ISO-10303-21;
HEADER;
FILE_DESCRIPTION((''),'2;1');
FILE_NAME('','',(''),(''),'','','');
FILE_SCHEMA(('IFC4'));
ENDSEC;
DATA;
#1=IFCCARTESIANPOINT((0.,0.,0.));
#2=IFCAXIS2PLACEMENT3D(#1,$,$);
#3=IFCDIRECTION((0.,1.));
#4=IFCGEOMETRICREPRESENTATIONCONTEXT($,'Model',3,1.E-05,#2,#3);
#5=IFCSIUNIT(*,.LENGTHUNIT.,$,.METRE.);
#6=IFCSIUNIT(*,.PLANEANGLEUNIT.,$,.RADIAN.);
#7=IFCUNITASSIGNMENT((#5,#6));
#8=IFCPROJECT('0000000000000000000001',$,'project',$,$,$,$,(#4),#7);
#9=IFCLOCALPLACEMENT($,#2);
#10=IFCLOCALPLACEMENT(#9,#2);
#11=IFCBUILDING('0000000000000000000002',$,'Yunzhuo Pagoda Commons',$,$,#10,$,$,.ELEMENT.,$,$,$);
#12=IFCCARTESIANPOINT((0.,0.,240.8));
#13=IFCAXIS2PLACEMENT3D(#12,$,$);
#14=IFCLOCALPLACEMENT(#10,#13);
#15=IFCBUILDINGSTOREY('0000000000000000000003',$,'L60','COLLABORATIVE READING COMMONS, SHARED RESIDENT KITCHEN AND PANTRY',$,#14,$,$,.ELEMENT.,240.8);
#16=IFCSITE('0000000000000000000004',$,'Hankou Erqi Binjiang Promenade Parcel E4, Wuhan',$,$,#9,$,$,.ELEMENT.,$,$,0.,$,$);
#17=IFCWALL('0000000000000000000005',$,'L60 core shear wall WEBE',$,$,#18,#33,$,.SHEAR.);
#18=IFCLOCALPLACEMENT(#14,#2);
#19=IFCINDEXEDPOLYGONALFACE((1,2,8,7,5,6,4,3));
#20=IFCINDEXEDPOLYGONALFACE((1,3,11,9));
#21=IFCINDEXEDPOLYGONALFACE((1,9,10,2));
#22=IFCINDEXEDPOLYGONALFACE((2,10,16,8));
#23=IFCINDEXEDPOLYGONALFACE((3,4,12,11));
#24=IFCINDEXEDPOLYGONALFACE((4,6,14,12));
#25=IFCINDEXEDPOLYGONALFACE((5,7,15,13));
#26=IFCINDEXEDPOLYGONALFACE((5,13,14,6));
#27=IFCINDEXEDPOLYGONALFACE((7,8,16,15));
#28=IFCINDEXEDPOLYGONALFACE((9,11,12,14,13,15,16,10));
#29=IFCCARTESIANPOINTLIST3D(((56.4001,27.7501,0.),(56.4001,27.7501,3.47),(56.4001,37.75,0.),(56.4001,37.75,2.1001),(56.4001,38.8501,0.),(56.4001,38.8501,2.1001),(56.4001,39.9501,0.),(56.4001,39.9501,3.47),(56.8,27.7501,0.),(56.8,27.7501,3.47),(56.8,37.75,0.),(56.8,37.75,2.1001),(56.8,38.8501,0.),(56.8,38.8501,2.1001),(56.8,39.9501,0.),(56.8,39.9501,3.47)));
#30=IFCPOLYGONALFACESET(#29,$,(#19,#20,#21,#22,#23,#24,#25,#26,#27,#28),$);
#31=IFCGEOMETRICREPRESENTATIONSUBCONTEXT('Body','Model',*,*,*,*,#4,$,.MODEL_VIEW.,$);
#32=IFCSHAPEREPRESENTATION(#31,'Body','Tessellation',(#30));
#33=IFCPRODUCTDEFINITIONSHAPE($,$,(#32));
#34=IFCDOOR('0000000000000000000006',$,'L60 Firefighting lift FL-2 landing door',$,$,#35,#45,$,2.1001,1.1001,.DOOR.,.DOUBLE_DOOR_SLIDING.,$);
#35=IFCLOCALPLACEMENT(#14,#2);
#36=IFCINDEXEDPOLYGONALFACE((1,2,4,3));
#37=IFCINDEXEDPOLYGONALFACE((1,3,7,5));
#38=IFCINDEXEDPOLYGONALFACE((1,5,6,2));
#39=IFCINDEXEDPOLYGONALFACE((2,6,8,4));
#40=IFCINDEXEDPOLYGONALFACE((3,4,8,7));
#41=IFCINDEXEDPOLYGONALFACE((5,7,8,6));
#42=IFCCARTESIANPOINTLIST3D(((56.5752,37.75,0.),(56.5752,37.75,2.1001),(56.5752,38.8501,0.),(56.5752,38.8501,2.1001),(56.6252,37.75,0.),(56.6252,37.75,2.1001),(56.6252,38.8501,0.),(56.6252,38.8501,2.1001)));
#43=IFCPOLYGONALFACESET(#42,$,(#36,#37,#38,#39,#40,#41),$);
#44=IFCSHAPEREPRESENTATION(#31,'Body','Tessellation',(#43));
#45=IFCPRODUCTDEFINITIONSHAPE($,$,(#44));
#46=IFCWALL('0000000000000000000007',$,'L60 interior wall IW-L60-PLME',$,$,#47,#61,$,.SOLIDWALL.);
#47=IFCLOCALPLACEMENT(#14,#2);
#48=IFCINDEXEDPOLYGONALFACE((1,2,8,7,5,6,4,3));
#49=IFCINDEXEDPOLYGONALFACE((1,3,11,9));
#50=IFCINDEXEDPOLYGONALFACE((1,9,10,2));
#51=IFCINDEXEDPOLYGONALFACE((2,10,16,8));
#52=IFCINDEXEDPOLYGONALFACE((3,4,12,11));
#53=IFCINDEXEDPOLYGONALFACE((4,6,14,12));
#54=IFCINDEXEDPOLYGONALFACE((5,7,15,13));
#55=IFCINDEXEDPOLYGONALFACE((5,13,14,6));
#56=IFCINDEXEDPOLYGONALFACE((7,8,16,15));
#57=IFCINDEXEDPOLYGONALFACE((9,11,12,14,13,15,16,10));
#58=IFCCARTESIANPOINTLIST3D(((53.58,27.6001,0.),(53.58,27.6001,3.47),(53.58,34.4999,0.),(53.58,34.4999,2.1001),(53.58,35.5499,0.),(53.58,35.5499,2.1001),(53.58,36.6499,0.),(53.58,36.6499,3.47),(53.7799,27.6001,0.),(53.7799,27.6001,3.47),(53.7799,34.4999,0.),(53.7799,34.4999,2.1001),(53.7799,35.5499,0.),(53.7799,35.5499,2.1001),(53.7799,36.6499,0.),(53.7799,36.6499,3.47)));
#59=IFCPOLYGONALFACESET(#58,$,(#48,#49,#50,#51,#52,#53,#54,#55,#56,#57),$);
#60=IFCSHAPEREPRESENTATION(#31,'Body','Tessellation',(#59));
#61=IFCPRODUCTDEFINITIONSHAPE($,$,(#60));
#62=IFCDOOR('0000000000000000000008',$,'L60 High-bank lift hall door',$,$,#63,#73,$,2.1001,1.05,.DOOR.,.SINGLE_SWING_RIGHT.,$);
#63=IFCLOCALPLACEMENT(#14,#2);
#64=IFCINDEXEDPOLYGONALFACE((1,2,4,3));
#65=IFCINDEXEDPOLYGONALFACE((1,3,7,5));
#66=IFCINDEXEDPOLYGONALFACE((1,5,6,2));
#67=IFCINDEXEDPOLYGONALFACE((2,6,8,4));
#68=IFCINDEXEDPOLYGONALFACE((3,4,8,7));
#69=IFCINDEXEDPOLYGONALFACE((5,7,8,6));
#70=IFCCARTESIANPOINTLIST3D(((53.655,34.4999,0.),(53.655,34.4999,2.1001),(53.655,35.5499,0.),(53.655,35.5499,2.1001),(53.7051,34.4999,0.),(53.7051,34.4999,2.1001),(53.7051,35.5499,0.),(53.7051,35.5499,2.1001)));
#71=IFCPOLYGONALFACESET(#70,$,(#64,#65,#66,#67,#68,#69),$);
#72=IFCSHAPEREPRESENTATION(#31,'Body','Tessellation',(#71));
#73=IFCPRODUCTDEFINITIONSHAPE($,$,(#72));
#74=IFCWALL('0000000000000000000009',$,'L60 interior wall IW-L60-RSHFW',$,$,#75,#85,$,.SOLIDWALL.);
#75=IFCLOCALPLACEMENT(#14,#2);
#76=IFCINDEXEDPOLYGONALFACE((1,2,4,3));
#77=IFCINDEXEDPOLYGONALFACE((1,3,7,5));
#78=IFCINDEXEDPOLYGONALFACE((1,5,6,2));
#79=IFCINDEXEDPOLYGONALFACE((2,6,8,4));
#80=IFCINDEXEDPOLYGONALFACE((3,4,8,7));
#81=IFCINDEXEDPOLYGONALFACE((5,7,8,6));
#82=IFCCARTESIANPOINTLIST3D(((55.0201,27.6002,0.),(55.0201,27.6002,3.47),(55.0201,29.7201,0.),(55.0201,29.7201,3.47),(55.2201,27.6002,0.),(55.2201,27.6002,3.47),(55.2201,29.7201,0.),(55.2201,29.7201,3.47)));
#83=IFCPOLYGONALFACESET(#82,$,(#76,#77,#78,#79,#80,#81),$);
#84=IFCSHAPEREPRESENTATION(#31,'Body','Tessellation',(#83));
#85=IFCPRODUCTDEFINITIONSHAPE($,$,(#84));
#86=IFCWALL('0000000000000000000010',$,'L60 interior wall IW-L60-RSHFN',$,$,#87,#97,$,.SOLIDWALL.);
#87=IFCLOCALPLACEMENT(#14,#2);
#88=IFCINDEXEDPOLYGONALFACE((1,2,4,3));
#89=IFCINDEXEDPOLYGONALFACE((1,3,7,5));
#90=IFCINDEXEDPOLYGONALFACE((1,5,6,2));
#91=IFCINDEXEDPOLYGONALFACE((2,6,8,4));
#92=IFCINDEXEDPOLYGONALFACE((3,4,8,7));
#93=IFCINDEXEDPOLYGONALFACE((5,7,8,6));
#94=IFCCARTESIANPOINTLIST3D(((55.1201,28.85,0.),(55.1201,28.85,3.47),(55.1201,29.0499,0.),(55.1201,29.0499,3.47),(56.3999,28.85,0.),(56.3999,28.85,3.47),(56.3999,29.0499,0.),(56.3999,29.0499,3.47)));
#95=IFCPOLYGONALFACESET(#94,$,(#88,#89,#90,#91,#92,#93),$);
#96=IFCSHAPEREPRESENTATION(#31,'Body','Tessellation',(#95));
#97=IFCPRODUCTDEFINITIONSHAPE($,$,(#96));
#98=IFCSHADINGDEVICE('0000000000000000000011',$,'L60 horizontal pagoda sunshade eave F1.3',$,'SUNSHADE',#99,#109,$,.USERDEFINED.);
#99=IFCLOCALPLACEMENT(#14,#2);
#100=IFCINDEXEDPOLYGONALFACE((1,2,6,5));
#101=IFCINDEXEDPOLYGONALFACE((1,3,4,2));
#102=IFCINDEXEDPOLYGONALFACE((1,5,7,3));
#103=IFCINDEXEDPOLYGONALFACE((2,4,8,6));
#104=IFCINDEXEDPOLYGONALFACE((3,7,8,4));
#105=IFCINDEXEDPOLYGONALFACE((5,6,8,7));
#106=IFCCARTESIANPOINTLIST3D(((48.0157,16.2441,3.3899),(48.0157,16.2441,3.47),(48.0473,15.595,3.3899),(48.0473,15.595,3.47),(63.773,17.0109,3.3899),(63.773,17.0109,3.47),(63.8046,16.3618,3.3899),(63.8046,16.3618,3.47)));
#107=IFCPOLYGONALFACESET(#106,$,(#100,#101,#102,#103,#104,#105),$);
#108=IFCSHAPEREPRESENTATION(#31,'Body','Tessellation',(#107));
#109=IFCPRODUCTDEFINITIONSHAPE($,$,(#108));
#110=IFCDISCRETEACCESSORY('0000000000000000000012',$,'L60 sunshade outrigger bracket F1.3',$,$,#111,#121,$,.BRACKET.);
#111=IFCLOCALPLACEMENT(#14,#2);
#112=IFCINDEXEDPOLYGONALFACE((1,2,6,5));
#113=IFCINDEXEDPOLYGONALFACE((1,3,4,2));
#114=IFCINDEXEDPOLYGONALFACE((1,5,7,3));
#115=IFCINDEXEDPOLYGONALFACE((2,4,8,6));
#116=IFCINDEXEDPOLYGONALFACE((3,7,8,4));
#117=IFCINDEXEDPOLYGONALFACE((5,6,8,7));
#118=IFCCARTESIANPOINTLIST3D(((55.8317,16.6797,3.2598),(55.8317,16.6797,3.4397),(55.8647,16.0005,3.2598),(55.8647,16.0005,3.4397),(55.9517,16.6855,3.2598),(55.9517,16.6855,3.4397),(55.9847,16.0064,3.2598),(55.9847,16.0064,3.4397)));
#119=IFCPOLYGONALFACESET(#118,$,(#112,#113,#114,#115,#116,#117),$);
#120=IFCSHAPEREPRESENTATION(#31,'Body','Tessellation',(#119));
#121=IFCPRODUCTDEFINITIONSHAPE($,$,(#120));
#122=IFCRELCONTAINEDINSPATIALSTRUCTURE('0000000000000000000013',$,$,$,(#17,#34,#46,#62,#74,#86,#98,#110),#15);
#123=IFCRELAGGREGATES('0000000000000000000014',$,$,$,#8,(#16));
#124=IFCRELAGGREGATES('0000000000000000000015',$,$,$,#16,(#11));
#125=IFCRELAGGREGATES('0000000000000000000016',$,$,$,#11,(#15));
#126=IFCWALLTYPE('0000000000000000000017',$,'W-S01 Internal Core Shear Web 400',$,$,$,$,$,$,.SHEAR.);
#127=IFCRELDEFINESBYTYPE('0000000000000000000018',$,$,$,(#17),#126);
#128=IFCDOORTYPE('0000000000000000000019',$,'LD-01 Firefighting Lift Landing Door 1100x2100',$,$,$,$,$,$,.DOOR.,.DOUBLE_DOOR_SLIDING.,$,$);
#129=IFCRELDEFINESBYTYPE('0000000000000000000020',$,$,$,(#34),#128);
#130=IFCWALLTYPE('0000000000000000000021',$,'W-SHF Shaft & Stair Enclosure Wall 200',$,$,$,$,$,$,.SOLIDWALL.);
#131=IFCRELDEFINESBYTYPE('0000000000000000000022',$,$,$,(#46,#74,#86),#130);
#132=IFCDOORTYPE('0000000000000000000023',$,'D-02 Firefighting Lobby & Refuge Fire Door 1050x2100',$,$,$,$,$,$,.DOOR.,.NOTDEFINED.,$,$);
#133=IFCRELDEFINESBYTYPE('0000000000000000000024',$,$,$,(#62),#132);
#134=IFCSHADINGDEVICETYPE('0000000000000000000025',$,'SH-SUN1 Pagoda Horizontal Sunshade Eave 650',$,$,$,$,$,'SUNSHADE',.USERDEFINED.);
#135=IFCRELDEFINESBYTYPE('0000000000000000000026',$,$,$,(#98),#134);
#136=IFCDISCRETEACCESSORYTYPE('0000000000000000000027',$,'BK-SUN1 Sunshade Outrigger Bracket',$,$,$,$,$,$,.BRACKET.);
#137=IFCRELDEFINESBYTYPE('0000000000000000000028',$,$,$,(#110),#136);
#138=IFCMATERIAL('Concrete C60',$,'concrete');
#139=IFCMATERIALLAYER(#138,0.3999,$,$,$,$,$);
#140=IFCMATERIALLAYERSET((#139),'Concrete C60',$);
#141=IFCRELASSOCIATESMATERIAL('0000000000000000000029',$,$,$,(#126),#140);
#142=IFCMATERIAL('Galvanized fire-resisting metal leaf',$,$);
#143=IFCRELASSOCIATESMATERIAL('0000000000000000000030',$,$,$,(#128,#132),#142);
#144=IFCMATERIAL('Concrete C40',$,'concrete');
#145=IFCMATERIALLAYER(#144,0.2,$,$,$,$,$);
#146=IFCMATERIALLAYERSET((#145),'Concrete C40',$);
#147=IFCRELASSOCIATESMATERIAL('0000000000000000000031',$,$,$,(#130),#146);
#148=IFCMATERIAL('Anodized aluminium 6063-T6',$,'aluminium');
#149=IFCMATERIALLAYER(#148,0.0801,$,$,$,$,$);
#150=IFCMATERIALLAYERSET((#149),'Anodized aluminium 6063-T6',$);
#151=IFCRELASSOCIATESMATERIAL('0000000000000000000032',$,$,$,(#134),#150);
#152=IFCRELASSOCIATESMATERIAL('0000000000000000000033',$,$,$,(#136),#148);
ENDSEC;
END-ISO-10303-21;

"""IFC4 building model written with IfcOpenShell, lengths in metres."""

from ifc_helpers import new_model, si_unit, direction, frame, frame_2d, origin, origin_with_axes, origin_2d, place, context, subcontext, project, spatial, rectangle, extrude, source, transform, mapped, material, layer, layer_set, type_object, element, fill, save


model = new_model("IFC4")

# Units and contexts
model_context = context("Model", 3, precision=1e-05, world=origin(), true_north=direction((0.0, 1.0)))
body_context = subcontext(model_context, "Body", "Model", "MODEL_VIEW")
ifc_project = project(units=[si_unit("LENGTHUNIT", "METRE"), si_unit("PLANEANGLEUNIT", "RADIAN")], contexts=[model_context])

# Site, building, storey
site_placement = place(None, origin())
site = spatial("IfcSite", under=ifc_project, at=site_placement, Name="Hankou Erqi Binjiang Promenade Parcel E4, Wuhan", CompositionType="ELEMENT", RefElevation=0.0)
building_placement = place(site_placement, origin())
building = spatial("IfcBuilding", under=site, at=building_placement, Name="Yunzhuo Pagoda Commons", CompositionType="ELEMENT")
storey_placement = place(building_placement, frame((0.0, 0.0, 240.8)))
storey = spatial("IfcBuildingStorey", under=building, at=storey_placement, Name="L60", Description="COLLABORATIVE READING COMMONS, SHARED RESIDENT KITCHEN AND PANTRY", CompositionType="ELEMENT", Elevation=240.8)

# Shared definitions
ifc_material_1 = material(Name="Anodized aluminium 6063-T6", Category="aluminium")

# Shared definitions
ifc_material_2 = material(Name="Galvanized fire-resisting metal leaf")

# Walls, openings, doors
ifc_material_3 = material(Name="Concrete C60", Category="concrete")
ifc_layer_1 = layer(ifc_material_3, 0.3999)
ifc_layer_set_1 = layer_set([ifc_layer_1], Name="Concrete C60")
wall_type_1 = type_object("IfcWallType", Name="W-S01 Internal Core Shear Web 400", PredefinedType="SHEAR", material=ifc_layer_set_1)
wall_1_placement = place(storey_placement, frame((56.6001, 27.75, 0.0), z_axis=(0.0, 0.0, 1.0), x_axis=(0.0, 1.0, 0.0)))
wall_1 = element("IfcWall", 1, at=wall_1_placement, inside=storey, type_object=wall_type_1, Name="L60 core shear wall WEBE", PredefinedType="SHEAR", context=body_context, shape_type="SweptSolid", body=[
    extrude(rectangle(XDim=12.2, YDim=0.3999, at=frame_2d((6.1001, 0.0))), origin(), (0.0, 0.0, 1.0), 3.47),
])
opening_1_placement = place(wall_1_placement, frame((10.0, 0.0, 0.0)))
opening_1 = element("IfcOpeningElement", 2, at=opening_1_placement, cuts=wall_1, PredefinedType="OPENING", context=body_context, shape_type="SweptSolid", body=[
    extrude(rectangle(XDim=1.1001, YDim=2.1001, at=frame_2d((0.55, 1.05))), frame((0.0, 0.21, 0.0), z_axis=(0.0, -1.0, 0.0), x_axis=(1.0, 0.0, 0.0)), (0.0, 0.0, 1.0), 0.4199),
])
door_type_1 = type_object("IfcDoorType", Name="LD-01 Firefighting Lift Landing Door 1100x2100", OperationType="DOUBLE_DOOR_SLIDING", PredefinedType="DOOR", material=ifc_material_2)
shared_shape_1 = source(origin(), body_context, "Body", "SweptSolid", [
    extrude(rectangle(XDim=1.1001, YDim=2.1001, at=frame_2d((0.55, 1.05))), frame((0.0, 0.0249, 0.0), z_axis=(0.0, -1.0, 0.0), x_axis=(1.0, 0.0, 0.0)), (0.0, 0.0, 1.0), 0.05),
])
door_1_placement = place(opening_1_placement, origin_with_axes())
door_1 = element("IfcDoor", 3, at=door_1_placement, inside=storey, type_object=door_type_1, Name="L60 Firefighting lift FL-2 landing door", OperationType="DOUBLE_DOOR_SLIDING", OverallHeight=2.1001, OverallWidth=1.1001, PredefinedType="DOOR", context=body_context, shape_type="MappedRepresentation", body=[
    mapped(shared_shape_1, transform((0.0, 0.0, 0.0), scale=1.0)),
])
fill(opening_1, door_1)
ifc_material_4 = material(Name="Concrete C40", Category="concrete")
ifc_layer_2 = layer(ifc_material_4, 0.2)
ifc_layer_set_2 = layer_set([ifc_layer_2], Name="Concrete C40")
wall_type_2 = type_object("IfcWallType", Name="W-SHF Shaft & Stair Enclosure Wall 200", PredefinedType="SOLIDWALL", material=ifc_layer_set_2)
wall_2_placement = place(storey_placement, frame((53.6799, 27.6001, 0.0), z_axis=(0.0, 0.0, 1.0), x_axis=(0.0, 1.0, 0.0)))
wall_2 = element("IfcWall", 4, at=wall_2_placement, inside=storey, type_object=wall_type_2, Name="L60 interior wall IW-L60-PLME", PredefinedType="SOLIDWALL", context=body_context, shape_type="SweptSolid", body=[
    extrude(rectangle(XDim=9.0498, YDim=0.2, at=frame_2d((4.5249, 0.0))), origin(), (0.0, 0.0, 1.0), 3.47),
])
opening_2_placement = place(wall_2_placement, frame((6.8999, 0.0, 0.0)))
opening_2 = element("IfcOpeningElement", 5, at=opening_2_placement, cuts=wall_2, PredefinedType="OPENING", context=body_context, shape_type="SweptSolid", body=[
    extrude(rectangle(XDim=1.05, YDim=2.1001, at=frame_2d((0.5249, 1.05))), frame((0.0, 0.1099, 0.0), z_axis=(0.0, -1.0, 0.0), x_axis=(1.0, 0.0, 0.0)), (0.0, 0.0, 1.0), 0.22),
])
door_type_2 = type_object("IfcDoorType", Name="D-02 Firefighting Lobby & Refuge Fire Door 1050x2100", OperationType="NOTDEFINED", PredefinedType="DOOR", material=ifc_material_2)
shared_shape_2 = source(origin(), body_context, "Body", "SweptSolid", [
    extrude(rectangle(XDim=1.05, YDim=2.1001, at=frame_2d((0.5249, 1.05))), frame((0.0, 0.0249, 0.0), z_axis=(0.0, -1.0, 0.0), x_axis=(1.0, 0.0, 0.0)), (0.0, 0.0, 1.0), 0.05),
])
door_2_placement = place(opening_2_placement, origin_with_axes())
door_2 = element("IfcDoor", 6, at=door_2_placement, inside=storey, type_object=door_type_2, Name="L60 High-bank lift hall door", OperationType="SINGLE_SWING_RIGHT", OverallHeight=2.1001, OverallWidth=1.05, PredefinedType="DOOR", context=body_context, shape_type="MappedRepresentation", body=[
    mapped(shared_shape_2, transform((0.0, 0.0, 0.0), scale=1.0)),
])
fill(opening_2, door_2)

# Walls
wall_3_placement = place(storey_placement, frame((55.1201, 27.6001, 0.0), z_axis=(0.0, 0.0, 1.0), x_axis=(0.0, 1.0, 0.0)))
element("IfcWall", 7, at=wall_3_placement, inside=storey, type_object=wall_type_2, Name="L60 interior wall IW-L60-RSHFW", PredefinedType="SOLIDWALL", context=body_context, shape_type="SweptSolid", body=[
    extrude(rectangle(XDim=2.1199, YDim=0.2, at=frame_2d((1.0601, 0.0))), origin(), (0.0, 0.0, 1.0), 3.47),
])
wall_4_placement = place(storey_placement, frame((55.1201, 28.95, 0.0), z_axis=(0.0, 0.0, 1.0), x_axis=(1.0, 0.0, 0.0)))
element("IfcWall", 8, at=wall_4_placement, inside=storey, type_object=wall_type_2, Name="L60 interior wall IW-L60-RSHFN", PredefinedType="SOLIDWALL", context=body_context, shape_type="SweptSolid", body=[
    extrude(rectangle(XDim=1.2798, YDim=0.2, at=frame_2d((0.6399, 0.0))), origin(), (0.0, 0.0, 1.0), 3.47),
])

# Shading device
ifc_layer_3 = layer(ifc_material_1, 0.0801)
ifc_layer_set_3 = layer_set([ifc_layer_3], Name="Anodized aluminium 6063-T6")
shading_device_type = type_object("IfcShadingDeviceType", Name="SH-SUN1 Pagoda Horizontal Sunshade Eave 650", ElementType="SUNSHADE", PredefinedType="USERDEFINED", material=ifc_layer_set_3)
shared_shape_3 = source(origin(), body_context, "Body", "SweptSolid", [
    extrude(rectangle(XDim=15.7759, YDim=0.6499, at=origin_2d()), origin(), (0.0, 0.0, 1.0), 0.0801),
])
shading_device_placement = place(storey_placement, frame((55.9102, 16.303, 3.3899), z_axis=(0.0, 0.0, 1.0), x_axis=(0.998818, 0.048606, 0.0)))
element("IfcShadingDevice", 9, at=shading_device_placement, inside=storey, type_object=shading_device_type, Name="L60 horizontal pagoda sunshade eave F1.3", ObjectType="SUNSHADE", PredefinedType="USERDEFINED", context=body_context, shape_type="MappedRepresentation", body=[
    mapped(shared_shape_3, transform((0.0, 0.0, 0.0), scale=1.0)),
])

# Discrete accessory
discrete_accessory_type = type_object("IfcDiscreteAccessoryType", Name="BK-SUN1 Sunshade Outrigger Bracket", PredefinedType="BRACKET", material=ifc_material_1)
shared_shape_4 = source(origin(), body_context, "Body", "SweptSolid", [
    extrude(rectangle(XDim=0.1201, YDim=0.6799, at=origin_2d()), origin(), (0.0, 0.0, 1.0), 0.1799),
])
discrete_accessory_placement = place(storey_placement, frame((55.9082, 16.343, 3.2598), z_axis=(0.0, 0.0, 1.0), x_axis=(0.998818, 0.048606, 0.0)))
element("IfcDiscreteAccessory", 10, at=discrete_accessory_placement, inside=storey, type_object=discrete_accessory_type, Name="L60 sunshade outrigger bracket F1.3", PredefinedType="BRACKET", context=body_context, shape_type="MappedRepresentation", body=[
    mapped(shared_shape_4, transform((0.0, 0.0, 0.0), scale=1.0)),
])

save(model, "model.ifc")
